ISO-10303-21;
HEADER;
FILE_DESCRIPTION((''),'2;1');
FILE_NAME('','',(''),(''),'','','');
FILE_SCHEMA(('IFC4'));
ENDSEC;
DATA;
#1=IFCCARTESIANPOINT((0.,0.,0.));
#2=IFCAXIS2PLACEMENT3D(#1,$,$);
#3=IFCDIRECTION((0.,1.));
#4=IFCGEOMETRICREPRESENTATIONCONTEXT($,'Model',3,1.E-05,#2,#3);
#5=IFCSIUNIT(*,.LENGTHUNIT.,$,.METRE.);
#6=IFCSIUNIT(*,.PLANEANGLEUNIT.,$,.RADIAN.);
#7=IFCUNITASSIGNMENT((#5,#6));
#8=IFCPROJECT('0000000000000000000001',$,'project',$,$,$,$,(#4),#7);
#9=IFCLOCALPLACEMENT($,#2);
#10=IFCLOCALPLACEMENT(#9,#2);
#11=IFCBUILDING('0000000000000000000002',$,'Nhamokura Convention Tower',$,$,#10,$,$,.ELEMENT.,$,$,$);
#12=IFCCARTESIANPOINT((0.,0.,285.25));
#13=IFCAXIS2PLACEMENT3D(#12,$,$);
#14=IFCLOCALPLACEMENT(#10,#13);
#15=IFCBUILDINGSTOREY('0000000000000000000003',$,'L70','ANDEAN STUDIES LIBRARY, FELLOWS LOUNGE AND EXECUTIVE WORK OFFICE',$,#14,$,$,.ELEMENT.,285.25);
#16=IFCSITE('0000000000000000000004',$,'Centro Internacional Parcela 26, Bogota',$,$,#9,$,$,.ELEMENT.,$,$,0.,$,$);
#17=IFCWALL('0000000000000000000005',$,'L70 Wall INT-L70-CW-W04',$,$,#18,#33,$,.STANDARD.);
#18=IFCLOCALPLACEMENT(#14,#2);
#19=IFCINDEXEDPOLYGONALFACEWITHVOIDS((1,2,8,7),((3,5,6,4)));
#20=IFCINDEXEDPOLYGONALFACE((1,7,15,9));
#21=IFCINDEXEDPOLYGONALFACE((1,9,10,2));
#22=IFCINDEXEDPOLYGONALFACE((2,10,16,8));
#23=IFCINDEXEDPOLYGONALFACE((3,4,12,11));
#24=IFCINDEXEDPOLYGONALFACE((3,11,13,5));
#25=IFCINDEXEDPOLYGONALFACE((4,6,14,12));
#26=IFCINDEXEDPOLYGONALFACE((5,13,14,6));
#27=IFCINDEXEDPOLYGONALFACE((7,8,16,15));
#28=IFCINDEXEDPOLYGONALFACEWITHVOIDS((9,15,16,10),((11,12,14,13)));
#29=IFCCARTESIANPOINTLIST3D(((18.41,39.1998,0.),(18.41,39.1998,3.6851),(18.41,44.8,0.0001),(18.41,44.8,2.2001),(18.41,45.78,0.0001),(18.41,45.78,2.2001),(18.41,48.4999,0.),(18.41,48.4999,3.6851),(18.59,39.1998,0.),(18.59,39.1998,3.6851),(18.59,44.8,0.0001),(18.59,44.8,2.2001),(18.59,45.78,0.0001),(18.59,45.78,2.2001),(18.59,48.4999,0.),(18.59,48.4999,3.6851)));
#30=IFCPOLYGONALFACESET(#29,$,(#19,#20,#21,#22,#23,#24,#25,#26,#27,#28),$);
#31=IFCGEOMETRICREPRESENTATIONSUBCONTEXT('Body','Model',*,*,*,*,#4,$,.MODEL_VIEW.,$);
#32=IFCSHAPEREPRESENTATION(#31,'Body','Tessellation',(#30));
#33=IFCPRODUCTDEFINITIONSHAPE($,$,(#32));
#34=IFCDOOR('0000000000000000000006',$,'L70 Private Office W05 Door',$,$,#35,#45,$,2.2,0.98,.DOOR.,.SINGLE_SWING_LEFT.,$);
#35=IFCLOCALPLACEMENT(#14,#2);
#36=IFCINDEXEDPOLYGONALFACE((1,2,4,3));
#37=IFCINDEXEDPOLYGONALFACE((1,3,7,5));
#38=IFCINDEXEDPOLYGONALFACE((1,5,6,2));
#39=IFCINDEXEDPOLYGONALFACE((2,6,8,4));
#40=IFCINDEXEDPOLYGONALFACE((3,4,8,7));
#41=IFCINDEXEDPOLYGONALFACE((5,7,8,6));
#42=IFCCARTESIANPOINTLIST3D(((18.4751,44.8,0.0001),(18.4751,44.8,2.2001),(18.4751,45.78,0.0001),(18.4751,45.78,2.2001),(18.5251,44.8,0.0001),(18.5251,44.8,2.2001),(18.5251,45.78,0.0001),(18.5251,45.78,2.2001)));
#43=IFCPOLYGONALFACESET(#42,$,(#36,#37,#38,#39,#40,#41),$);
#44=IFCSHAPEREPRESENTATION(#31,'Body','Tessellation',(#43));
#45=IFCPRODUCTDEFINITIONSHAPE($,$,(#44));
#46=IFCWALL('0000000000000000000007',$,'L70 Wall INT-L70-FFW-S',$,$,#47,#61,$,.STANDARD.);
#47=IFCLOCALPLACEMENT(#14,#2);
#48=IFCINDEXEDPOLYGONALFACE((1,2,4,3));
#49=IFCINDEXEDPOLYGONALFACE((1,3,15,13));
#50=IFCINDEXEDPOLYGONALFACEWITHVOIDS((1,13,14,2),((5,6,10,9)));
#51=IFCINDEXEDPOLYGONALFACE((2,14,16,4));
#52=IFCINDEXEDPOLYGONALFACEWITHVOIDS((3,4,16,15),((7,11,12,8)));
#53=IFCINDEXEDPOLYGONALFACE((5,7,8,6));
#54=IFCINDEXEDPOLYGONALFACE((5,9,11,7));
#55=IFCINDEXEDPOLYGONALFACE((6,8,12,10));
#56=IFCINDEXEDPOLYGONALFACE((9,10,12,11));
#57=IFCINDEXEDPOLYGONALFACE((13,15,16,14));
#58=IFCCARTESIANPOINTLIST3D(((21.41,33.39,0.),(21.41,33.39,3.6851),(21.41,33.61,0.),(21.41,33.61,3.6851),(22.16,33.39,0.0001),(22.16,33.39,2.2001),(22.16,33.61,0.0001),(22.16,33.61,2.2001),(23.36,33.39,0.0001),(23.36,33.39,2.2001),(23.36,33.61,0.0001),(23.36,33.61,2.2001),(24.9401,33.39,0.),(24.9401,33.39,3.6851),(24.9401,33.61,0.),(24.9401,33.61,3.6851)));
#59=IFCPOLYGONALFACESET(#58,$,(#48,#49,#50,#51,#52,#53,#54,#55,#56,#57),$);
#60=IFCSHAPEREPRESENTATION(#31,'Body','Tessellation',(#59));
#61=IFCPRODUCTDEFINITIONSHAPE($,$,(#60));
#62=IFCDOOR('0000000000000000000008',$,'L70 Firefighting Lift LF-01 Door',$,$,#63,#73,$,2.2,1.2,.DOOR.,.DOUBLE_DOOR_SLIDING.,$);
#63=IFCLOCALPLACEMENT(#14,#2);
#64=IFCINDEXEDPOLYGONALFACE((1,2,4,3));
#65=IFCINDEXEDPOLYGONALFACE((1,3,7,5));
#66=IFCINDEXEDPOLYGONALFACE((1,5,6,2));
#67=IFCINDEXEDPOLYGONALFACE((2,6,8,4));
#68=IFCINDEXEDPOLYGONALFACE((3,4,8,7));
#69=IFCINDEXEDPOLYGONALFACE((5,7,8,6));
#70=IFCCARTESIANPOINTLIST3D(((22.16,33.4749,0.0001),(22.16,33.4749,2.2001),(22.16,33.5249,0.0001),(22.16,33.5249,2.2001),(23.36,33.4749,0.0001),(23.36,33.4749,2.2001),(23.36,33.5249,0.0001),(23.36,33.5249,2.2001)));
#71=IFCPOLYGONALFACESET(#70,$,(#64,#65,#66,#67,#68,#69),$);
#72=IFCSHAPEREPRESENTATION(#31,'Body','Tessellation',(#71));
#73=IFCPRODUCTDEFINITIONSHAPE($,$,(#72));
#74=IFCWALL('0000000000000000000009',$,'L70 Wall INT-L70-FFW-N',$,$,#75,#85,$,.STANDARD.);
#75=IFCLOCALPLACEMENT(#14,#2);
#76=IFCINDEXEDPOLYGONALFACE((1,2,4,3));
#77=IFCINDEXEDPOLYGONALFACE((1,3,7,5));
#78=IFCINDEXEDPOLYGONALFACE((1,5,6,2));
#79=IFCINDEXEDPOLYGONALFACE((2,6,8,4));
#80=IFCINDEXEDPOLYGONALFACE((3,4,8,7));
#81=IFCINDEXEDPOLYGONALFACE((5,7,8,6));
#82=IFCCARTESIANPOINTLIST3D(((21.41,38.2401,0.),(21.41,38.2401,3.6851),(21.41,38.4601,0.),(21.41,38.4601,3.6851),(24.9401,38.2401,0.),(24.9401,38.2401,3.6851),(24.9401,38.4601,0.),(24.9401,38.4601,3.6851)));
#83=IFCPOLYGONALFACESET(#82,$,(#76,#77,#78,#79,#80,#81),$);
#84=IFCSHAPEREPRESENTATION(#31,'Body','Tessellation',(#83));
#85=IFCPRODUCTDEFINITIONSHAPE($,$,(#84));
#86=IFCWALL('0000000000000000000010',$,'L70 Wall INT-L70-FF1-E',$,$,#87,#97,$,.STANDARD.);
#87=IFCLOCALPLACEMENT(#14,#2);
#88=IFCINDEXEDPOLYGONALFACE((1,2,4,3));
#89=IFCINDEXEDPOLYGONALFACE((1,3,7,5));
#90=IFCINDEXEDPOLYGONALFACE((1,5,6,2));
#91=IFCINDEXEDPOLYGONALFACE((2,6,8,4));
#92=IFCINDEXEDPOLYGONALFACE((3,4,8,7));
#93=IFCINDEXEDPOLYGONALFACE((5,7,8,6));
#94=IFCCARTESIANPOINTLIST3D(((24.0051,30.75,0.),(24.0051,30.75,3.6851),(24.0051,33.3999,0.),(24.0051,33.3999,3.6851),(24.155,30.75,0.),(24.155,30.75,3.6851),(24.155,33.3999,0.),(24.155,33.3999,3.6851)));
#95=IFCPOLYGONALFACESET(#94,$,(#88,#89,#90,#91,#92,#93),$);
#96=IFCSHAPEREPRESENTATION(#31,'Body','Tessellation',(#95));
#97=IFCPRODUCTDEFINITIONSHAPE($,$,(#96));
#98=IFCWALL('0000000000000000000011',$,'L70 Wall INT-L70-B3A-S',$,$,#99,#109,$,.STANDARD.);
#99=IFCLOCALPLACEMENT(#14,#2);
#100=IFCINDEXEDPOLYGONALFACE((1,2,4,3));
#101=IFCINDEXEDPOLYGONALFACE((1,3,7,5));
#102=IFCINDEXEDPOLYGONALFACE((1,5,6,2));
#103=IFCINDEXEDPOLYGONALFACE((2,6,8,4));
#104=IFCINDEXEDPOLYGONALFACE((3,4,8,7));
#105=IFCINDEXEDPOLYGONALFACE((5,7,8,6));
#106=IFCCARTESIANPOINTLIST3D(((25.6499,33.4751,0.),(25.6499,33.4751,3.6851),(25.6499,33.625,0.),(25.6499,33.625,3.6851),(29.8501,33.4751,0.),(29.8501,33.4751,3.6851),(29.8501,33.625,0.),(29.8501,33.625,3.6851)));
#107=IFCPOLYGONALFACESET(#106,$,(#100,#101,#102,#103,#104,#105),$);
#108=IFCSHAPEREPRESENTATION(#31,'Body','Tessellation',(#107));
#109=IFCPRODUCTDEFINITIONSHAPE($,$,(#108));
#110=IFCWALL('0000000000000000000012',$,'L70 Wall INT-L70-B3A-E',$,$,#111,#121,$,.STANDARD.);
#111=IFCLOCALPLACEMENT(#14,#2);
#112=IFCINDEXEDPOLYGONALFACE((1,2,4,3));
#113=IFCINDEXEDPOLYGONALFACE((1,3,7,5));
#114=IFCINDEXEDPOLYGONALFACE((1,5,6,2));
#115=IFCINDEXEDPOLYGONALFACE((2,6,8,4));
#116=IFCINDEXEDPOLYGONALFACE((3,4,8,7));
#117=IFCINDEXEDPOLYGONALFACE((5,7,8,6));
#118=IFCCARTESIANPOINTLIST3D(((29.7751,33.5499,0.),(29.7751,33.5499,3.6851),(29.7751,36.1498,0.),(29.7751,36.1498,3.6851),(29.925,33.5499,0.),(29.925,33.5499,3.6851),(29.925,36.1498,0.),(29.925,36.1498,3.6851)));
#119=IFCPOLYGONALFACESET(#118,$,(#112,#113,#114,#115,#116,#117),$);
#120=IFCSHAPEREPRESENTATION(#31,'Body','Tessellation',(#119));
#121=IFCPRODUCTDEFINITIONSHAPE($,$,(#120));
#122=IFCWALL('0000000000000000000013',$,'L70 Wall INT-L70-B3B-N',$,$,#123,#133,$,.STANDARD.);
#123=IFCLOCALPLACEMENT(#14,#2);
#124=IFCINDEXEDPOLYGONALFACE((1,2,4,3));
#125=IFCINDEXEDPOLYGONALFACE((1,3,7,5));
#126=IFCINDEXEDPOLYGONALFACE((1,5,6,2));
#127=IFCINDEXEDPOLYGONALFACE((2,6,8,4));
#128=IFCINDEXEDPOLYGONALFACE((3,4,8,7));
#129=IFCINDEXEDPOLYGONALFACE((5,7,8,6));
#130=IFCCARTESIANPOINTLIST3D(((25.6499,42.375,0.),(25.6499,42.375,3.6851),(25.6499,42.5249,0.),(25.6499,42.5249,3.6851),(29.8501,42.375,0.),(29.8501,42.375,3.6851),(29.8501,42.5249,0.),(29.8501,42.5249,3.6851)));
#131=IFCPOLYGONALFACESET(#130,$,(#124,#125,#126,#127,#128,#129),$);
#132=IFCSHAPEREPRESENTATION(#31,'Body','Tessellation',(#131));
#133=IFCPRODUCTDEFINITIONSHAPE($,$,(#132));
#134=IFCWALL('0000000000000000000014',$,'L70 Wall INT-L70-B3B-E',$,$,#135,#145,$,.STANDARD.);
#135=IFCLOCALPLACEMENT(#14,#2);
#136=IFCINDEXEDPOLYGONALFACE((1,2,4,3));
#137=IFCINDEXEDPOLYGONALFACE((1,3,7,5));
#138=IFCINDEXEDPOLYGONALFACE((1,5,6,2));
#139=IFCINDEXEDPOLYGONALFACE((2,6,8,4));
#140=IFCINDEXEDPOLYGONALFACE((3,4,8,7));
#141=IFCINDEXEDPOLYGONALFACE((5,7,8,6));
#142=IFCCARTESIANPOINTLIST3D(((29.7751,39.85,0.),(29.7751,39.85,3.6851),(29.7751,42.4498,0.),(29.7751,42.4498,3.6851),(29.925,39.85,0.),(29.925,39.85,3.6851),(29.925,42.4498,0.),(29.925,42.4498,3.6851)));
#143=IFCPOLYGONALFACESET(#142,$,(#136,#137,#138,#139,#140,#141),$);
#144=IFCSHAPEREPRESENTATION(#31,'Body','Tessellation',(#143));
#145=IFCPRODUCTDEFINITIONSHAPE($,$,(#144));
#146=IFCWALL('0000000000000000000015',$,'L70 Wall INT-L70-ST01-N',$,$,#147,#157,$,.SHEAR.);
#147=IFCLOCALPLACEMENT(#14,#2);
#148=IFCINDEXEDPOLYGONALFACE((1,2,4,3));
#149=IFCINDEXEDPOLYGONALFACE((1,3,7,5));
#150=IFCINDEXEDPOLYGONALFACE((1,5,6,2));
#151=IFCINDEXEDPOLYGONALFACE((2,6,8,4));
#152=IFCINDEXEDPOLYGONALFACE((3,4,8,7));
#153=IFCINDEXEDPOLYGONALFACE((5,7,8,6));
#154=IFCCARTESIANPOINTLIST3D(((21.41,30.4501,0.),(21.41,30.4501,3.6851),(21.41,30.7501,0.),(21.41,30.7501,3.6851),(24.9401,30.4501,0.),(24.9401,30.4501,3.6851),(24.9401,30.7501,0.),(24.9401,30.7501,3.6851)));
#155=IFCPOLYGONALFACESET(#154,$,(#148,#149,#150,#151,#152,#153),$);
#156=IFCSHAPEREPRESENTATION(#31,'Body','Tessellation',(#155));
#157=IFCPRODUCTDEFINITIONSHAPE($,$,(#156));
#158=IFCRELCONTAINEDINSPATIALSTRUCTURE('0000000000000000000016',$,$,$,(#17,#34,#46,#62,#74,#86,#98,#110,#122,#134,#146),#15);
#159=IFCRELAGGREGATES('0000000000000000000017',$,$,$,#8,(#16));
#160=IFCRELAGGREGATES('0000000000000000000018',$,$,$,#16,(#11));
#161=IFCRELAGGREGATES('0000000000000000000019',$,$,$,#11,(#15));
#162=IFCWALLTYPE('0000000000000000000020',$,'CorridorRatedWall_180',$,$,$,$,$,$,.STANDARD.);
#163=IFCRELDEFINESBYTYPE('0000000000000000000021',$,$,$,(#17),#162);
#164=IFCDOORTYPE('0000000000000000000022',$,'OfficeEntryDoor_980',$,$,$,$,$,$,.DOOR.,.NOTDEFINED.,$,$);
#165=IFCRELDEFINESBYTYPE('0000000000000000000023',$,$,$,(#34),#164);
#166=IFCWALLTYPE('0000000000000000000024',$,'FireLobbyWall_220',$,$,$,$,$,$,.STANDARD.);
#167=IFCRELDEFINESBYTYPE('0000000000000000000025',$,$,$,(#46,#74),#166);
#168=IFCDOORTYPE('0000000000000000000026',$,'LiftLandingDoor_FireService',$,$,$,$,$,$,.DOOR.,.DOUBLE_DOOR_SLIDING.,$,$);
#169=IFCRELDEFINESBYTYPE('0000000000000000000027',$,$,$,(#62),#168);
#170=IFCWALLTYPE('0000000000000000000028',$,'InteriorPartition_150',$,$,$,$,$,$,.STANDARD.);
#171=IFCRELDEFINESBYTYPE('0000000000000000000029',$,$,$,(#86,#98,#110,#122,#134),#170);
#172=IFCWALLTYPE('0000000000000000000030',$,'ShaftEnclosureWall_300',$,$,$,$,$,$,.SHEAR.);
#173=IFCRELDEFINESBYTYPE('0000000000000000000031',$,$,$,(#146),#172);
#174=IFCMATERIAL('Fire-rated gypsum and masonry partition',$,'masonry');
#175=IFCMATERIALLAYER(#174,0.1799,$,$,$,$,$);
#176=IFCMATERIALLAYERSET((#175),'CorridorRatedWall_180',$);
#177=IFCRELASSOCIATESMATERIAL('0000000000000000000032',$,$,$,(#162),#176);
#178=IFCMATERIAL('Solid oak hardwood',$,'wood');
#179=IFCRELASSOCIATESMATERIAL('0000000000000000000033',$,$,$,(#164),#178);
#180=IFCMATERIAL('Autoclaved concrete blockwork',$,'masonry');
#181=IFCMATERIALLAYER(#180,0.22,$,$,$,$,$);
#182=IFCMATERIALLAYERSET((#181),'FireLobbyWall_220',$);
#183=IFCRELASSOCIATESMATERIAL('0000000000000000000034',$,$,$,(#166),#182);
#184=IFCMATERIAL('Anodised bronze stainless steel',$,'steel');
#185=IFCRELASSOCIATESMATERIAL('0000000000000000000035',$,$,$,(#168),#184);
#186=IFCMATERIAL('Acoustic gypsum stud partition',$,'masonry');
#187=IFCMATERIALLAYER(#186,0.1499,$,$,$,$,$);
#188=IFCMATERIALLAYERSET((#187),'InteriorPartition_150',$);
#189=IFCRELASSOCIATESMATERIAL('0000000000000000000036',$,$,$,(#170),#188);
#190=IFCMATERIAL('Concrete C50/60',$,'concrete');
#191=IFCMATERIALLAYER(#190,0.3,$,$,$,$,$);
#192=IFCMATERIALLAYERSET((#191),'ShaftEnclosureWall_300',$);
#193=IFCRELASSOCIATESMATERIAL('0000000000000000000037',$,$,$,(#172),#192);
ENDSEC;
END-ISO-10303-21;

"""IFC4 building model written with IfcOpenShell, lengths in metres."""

from ifc_helpers import new_model, si_unit, direction, frame, frame_2d, origin, place, context, subcontext, project, spatial, rectangle, extrude, material, layer, layer_set, type_object, element, fill, save


model = new_model("IFC4")

# Units and contexts
model_context = context("Model", 3, precision=1e-05, world=origin(), true_north=direction((0.0, 1.0)))
body_context = subcontext(model_context, "Body", "Model", "MODEL_VIEW")
ifc_project = project(units=[si_unit("LENGTHUNIT", "METRE"), si_unit("PLANEANGLEUNIT", "RADIAN")], contexts=[model_context])

# Site, building, storey
site_placement = place(None, origin())
site = spatial("IfcSite", under=ifc_project, at=site_placement, Name="Centro Internacional Parcela 26, Bogota", CompositionType="ELEMENT", RefElevation=0.0)
building_placement = place(site_placement, origin())
building = spatial("IfcBuilding", under=site, at=building_placement, Name="Nhamokura Convention Tower", CompositionType="ELEMENT")
storey_placement = place(building_placement, frame((0.0, 0.0, 285.25)))
storey = spatial("IfcBuildingStorey", under=building, at=storey_placement, Name="L70", Description="ANDEAN STUDIES LIBRARY, FELLOWS LOUNGE AND EXECUTIVE WORK OFFICE", CompositionType="ELEMENT", Elevation=285.25)

# Walls, openings, doors
ifc_material_1 = material(Name="Fire-rated gypsum and masonry partition", Category="masonry")
ifc_layer_1 = layer(ifc_material_1, 0.1799)
ifc_layer_set_1 = layer_set([ifc_layer_1], Name="CorridorRatedWall_180")
wall_type_1 = type_object("IfcWallType", Name="CorridorRatedWall_180", PredefinedType="STANDARD", material=ifc_layer_set_1)
ifc_material_2 = material(Name="Solid oak hardwood", Category="wood")
door_type_1 = type_object("IfcDoorType", Name="OfficeEntryDoor_980", OperationType="NOTDEFINED", PredefinedType="DOOR", material=ifc_material_2)
wall_1_placement = place(storey_placement, frame((18.5, 39.2, 0.0), z_axis=(0.0, 0.0, 1.0), x_axis=(0.0, 1.0, 0.0)))
wall_1 = element("IfcWall", 1, at=wall_1_placement, inside=storey, type_object=wall_type_1, Name="L70 Wall INT-L70-CW-W04", PredefinedType="STANDARD", context=body_context, shape_type="SweptSolid", body=[
    extrude(rectangle(XDim=9.3, YDim=0.1799, at=frame_2d((4.6499, 0.0))), origin(), (0.0, 0.0, 1.0), 3.6851),
])
opening_1_placement = place(wall_1_placement, frame((5.6001, 0.0, 0.0)))
opening_1 = element("IfcOpeningElement", 2, at=opening_1_placement, cuts=wall_1, PredefinedType="OPENING", context=body_context, shape_type="SweptSolid", body=[
    extrude(rectangle(XDim=0.98, YDim=2.2, at=frame_2d((0.49, 1.1001))), frame((0.0, 0.0999, 0.0), z_axis=(0.0, -1.0, 0.0), x_axis=(1.0, 0.0, 0.0)), (0.0, 0.0, 1.0), 0.2),
])
door_1_placement = place(opening_1_placement, origin())
door_1 = element("IfcDoor", 3, at=door_1_placement, inside=storey, type_object=door_type_1, Name="L70 Private Office W05 Door", OperationType="SINGLE_SWING_LEFT", OverallHeight=2.2, OverallWidth=0.98, PredefinedType="DOOR", context=body_context, shape_type="SweptSolid", body=[
    extrude(rectangle(XDim=0.98, YDim=2.2, at=frame_2d((0.49, 1.1001))), frame((0.0, 0.0249, 0.0), z_axis=(0.0, -1.0, 0.0), x_axis=(1.0, 0.0, 0.0)), (0.0, 0.0, 1.0), 0.05),
])
fill(opening_1, door_1)
ifc_material_3 = material(Name="Autoclaved concrete blockwork", Category="masonry")
ifc_layer_2 = layer(ifc_material_3, 0.22)
ifc_layer_set_2 = layer_set([ifc_layer_2], Name="FireLobbyWall_220")
wall_type_2 = type_object("IfcWallType", Name="FireLobbyWall_220", PredefinedType="STANDARD", material=ifc_layer_set_2)
wall_2_placement = place(storey_placement, frame((21.4099, 33.5, 0.0), z_axis=(0.0, 0.0, 1.0), x_axis=(1.0, 0.0, 0.0)))
wall_2 = element("IfcWall", 4, at=wall_2_placement, inside=storey, type_object=wall_type_2, Name="L70 Wall INT-L70-FFW-S", PredefinedType="STANDARD", context=body_context, shape_type="SweptSolid", body=[
    extrude(rectangle(XDim=3.53, YDim=0.22, at=frame_2d((1.7651, 0.0))), origin(), (0.0, 0.0, 1.0), 3.6851),
])
opening_2_placement = place(wall_2_placement, frame((0.75, 0.0, 0.0)))
opening_2 = element("IfcOpeningElement", 5, at=opening_2_placement, cuts=wall_2, PredefinedType="OPENING", context=body_context, shape_type="SweptSolid", body=[
    extrude(rectangle(XDim=1.2, YDim=2.2, at=frame_2d((0.6001, 1.1001))), frame((0.0, 0.1199, 0.0), z_axis=(0.0, -1.0, 0.0), x_axis=(1.0, 0.0, 0.0)), (0.0, 0.0, 1.0), 0.24),
])
ifc_material_4 = material(Name="Anodised bronze stainless steel", Category="steel")
door_type_2 = type_object("IfcDoorType", Name="LiftLandingDoor_FireService", OperationType="DOUBLE_DOOR_SLIDING", PredefinedType="DOOR", material=ifc_material_4)
door_2_placement = place(opening_2_placement, origin())
door_2 = element("IfcDoor", 6, at=door_2_placement, inside=storey, type_object=door_type_2, Name="L70 Firefighting Lift LF-01 Door", OperationType="DOUBLE_DOOR_SLIDING", OverallHeight=2.2, OverallWidth=1.2, PredefinedType="DOOR", context=body_context, shape_type="SweptSolid", body=[
    extrude(rectangle(XDim=1.2, YDim=2.2, at=frame_2d((0.6001, 1.1001))), frame((0.0, 0.0249, 0.0), z_axis=(0.0, -1.0, 0.0), x_axis=(1.0, 0.0, 0.0)), (0.0, 0.0, 1.0), 0.05),
])
fill(opening_2, door_2)

# Wall
wall_3_placement = place(storey_placement, frame((21.4099, 38.3501, 0.0), z_axis=(0.0, 0.0, 1.0), x_axis=(1.0, 0.0, 0.0)))
element("IfcWall", 7, at=wall_3_placement, inside=storey, type_object=wall_type_2, Name="L70 Wall INT-L70-FFW-N", PredefinedType="STANDARD", context=body_context, shape_type="SweptSolid", body=[
    extrude(rectangle(XDim=3.53, YDim=0.22, at=frame_2d((1.7651, 0.0))), origin(), (0.0, 0.0, 1.0), 3.6851),
])

# Walls
ifc_material_5 = material(Name="Acoustic gypsum stud partition", Category="masonry")
ifc_layer_3 = layer(ifc_material_5, 0.1499)
ifc_layer_set_3 = layer_set([ifc_layer_3], Name="InteriorPartition_150")
wall_type_3 = type_object("IfcWallType", Name="InteriorPartition_150", PredefinedType="STANDARD", material=ifc_layer_set_3)
wall_4_placement = place(storey_placement, frame((24.0801, 30.75, 0.0), z_axis=(0.0, 0.0, 1.0), x_axis=(0.0, 1.0, 0.0)))
element("IfcWall", 8, at=wall_4_placement, inside=storey, type_object=wall_type_3, Name="L70 Wall INT-L70-FF1-E", PredefinedType="STANDARD", context=body_context, shape_type="SweptSolid", body=[
    extrude(rectangle(XDim=2.6499, YDim=0.1499, at=frame_2d((1.325, 0.0))), origin(), (0.0, 0.0, 1.0), 3.6851),
])
wall_5_placement = place(storey_placement, frame((25.6499, 33.55, 0.0), z_axis=(0.0, 0.0, 1.0), x_axis=(1.0, 0.0, 0.0)))
element("IfcWall", 9, at=wall_5_placement, inside=storey, type_object=wall_type_3, Name="L70 Wall INT-L70-B3A-S", PredefinedType="STANDARD", context=body_context, shape_type="SweptSolid", body=[
    extrude(rectangle(XDim=4.2002, YDim=0.1499, at=frame_2d((2.1001, 0.0))), origin(), (0.0, 0.0, 1.0), 3.6851),
])
wall_6_placement = place(storey_placement, frame((29.8501, 33.55, 0.0), z_axis=(0.0, 0.0, 1.0), x_axis=(0.0, 1.0, 0.0)))
element("IfcWall", 10, at=wall_6_placement, inside=storey, type_object=wall_type_3, Name="L70 Wall INT-L70-B3A-E", PredefinedType="STANDARD", context=body_context, shape_type="SweptSolid", body=[
    extrude(rectangle(XDim=2.5999, YDim=0.1499, at=frame_2d((1.2998, 0.0))), origin(), (0.0, 0.0, 1.0), 3.6851),
])
wall_7_placement = place(storey_placement, frame((25.6499, 42.45, 0.0), z_axis=(0.0, 0.0, 1.0), x_axis=(1.0, 0.0, 0.0)))
element("IfcWall", 11, at=wall_7_placement, inside=storey, type_object=wall_type_3, Name="L70 Wall INT-L70-B3B-N", PredefinedType="STANDARD", context=body_context, shape_type="SweptSolid", body=[
    extrude(rectangle(XDim=4.2002, YDim=0.1499, at=frame_2d((2.1001, 0.0))), origin(), (0.0, 0.0, 1.0), 3.6851),
])
wall_8_placement = place(storey_placement, frame((29.8501, 39.8501, 0.0), z_axis=(0.0, 0.0, 1.0), x_axis=(0.0, 1.0, 0.0)))
element("IfcWall", 12, at=wall_8_placement, inside=storey, type_object=wall_type_3, Name="L70 Wall INT-L70-B3B-E", PredefinedType="STANDARD", context=body_context, shape_type="SweptSolid", body=[
    extrude(rectangle(XDim=2.5999, YDim=0.1499, at=frame_2d((1.2998, 0.0))), origin(), (0.0, 0.0, 1.0), 3.6851),
])
ifc_material_6 = material(Name="Concrete C50/60", Category="concrete")
ifc_layer_4 = layer(ifc_material_6, 0.3)
ifc_layer_set_4 = layer_set([ifc_layer_4], Name="ShaftEnclosureWall_300")
wall_type_4 = type_object("IfcWallType", Name="ShaftEnclosureWall_300", PredefinedType="SHEAR", material=ifc_layer_set_4)
wall_9_placement = place(storey_placement, frame((21.4099, 30.6001, 0.0), z_axis=(0.0, 0.0, 1.0), x_axis=(1.0, 0.0, 0.0)))
element("IfcWall", 13, at=wall_9_placement, inside=storey, type_object=wall_type_4, Name="L70 Wall INT-L70-ST01-N", PredefinedType="SHEAR", context=body_context, shape_type="SweptSolid", body=[
    extrude(rectangle(XDim=3.53, YDim=0.3, at=frame_2d((1.7651, 0.0))), origin(), (0.0, 0.0, 1.0), 3.6851),
])

save(model, "model.ifc")
